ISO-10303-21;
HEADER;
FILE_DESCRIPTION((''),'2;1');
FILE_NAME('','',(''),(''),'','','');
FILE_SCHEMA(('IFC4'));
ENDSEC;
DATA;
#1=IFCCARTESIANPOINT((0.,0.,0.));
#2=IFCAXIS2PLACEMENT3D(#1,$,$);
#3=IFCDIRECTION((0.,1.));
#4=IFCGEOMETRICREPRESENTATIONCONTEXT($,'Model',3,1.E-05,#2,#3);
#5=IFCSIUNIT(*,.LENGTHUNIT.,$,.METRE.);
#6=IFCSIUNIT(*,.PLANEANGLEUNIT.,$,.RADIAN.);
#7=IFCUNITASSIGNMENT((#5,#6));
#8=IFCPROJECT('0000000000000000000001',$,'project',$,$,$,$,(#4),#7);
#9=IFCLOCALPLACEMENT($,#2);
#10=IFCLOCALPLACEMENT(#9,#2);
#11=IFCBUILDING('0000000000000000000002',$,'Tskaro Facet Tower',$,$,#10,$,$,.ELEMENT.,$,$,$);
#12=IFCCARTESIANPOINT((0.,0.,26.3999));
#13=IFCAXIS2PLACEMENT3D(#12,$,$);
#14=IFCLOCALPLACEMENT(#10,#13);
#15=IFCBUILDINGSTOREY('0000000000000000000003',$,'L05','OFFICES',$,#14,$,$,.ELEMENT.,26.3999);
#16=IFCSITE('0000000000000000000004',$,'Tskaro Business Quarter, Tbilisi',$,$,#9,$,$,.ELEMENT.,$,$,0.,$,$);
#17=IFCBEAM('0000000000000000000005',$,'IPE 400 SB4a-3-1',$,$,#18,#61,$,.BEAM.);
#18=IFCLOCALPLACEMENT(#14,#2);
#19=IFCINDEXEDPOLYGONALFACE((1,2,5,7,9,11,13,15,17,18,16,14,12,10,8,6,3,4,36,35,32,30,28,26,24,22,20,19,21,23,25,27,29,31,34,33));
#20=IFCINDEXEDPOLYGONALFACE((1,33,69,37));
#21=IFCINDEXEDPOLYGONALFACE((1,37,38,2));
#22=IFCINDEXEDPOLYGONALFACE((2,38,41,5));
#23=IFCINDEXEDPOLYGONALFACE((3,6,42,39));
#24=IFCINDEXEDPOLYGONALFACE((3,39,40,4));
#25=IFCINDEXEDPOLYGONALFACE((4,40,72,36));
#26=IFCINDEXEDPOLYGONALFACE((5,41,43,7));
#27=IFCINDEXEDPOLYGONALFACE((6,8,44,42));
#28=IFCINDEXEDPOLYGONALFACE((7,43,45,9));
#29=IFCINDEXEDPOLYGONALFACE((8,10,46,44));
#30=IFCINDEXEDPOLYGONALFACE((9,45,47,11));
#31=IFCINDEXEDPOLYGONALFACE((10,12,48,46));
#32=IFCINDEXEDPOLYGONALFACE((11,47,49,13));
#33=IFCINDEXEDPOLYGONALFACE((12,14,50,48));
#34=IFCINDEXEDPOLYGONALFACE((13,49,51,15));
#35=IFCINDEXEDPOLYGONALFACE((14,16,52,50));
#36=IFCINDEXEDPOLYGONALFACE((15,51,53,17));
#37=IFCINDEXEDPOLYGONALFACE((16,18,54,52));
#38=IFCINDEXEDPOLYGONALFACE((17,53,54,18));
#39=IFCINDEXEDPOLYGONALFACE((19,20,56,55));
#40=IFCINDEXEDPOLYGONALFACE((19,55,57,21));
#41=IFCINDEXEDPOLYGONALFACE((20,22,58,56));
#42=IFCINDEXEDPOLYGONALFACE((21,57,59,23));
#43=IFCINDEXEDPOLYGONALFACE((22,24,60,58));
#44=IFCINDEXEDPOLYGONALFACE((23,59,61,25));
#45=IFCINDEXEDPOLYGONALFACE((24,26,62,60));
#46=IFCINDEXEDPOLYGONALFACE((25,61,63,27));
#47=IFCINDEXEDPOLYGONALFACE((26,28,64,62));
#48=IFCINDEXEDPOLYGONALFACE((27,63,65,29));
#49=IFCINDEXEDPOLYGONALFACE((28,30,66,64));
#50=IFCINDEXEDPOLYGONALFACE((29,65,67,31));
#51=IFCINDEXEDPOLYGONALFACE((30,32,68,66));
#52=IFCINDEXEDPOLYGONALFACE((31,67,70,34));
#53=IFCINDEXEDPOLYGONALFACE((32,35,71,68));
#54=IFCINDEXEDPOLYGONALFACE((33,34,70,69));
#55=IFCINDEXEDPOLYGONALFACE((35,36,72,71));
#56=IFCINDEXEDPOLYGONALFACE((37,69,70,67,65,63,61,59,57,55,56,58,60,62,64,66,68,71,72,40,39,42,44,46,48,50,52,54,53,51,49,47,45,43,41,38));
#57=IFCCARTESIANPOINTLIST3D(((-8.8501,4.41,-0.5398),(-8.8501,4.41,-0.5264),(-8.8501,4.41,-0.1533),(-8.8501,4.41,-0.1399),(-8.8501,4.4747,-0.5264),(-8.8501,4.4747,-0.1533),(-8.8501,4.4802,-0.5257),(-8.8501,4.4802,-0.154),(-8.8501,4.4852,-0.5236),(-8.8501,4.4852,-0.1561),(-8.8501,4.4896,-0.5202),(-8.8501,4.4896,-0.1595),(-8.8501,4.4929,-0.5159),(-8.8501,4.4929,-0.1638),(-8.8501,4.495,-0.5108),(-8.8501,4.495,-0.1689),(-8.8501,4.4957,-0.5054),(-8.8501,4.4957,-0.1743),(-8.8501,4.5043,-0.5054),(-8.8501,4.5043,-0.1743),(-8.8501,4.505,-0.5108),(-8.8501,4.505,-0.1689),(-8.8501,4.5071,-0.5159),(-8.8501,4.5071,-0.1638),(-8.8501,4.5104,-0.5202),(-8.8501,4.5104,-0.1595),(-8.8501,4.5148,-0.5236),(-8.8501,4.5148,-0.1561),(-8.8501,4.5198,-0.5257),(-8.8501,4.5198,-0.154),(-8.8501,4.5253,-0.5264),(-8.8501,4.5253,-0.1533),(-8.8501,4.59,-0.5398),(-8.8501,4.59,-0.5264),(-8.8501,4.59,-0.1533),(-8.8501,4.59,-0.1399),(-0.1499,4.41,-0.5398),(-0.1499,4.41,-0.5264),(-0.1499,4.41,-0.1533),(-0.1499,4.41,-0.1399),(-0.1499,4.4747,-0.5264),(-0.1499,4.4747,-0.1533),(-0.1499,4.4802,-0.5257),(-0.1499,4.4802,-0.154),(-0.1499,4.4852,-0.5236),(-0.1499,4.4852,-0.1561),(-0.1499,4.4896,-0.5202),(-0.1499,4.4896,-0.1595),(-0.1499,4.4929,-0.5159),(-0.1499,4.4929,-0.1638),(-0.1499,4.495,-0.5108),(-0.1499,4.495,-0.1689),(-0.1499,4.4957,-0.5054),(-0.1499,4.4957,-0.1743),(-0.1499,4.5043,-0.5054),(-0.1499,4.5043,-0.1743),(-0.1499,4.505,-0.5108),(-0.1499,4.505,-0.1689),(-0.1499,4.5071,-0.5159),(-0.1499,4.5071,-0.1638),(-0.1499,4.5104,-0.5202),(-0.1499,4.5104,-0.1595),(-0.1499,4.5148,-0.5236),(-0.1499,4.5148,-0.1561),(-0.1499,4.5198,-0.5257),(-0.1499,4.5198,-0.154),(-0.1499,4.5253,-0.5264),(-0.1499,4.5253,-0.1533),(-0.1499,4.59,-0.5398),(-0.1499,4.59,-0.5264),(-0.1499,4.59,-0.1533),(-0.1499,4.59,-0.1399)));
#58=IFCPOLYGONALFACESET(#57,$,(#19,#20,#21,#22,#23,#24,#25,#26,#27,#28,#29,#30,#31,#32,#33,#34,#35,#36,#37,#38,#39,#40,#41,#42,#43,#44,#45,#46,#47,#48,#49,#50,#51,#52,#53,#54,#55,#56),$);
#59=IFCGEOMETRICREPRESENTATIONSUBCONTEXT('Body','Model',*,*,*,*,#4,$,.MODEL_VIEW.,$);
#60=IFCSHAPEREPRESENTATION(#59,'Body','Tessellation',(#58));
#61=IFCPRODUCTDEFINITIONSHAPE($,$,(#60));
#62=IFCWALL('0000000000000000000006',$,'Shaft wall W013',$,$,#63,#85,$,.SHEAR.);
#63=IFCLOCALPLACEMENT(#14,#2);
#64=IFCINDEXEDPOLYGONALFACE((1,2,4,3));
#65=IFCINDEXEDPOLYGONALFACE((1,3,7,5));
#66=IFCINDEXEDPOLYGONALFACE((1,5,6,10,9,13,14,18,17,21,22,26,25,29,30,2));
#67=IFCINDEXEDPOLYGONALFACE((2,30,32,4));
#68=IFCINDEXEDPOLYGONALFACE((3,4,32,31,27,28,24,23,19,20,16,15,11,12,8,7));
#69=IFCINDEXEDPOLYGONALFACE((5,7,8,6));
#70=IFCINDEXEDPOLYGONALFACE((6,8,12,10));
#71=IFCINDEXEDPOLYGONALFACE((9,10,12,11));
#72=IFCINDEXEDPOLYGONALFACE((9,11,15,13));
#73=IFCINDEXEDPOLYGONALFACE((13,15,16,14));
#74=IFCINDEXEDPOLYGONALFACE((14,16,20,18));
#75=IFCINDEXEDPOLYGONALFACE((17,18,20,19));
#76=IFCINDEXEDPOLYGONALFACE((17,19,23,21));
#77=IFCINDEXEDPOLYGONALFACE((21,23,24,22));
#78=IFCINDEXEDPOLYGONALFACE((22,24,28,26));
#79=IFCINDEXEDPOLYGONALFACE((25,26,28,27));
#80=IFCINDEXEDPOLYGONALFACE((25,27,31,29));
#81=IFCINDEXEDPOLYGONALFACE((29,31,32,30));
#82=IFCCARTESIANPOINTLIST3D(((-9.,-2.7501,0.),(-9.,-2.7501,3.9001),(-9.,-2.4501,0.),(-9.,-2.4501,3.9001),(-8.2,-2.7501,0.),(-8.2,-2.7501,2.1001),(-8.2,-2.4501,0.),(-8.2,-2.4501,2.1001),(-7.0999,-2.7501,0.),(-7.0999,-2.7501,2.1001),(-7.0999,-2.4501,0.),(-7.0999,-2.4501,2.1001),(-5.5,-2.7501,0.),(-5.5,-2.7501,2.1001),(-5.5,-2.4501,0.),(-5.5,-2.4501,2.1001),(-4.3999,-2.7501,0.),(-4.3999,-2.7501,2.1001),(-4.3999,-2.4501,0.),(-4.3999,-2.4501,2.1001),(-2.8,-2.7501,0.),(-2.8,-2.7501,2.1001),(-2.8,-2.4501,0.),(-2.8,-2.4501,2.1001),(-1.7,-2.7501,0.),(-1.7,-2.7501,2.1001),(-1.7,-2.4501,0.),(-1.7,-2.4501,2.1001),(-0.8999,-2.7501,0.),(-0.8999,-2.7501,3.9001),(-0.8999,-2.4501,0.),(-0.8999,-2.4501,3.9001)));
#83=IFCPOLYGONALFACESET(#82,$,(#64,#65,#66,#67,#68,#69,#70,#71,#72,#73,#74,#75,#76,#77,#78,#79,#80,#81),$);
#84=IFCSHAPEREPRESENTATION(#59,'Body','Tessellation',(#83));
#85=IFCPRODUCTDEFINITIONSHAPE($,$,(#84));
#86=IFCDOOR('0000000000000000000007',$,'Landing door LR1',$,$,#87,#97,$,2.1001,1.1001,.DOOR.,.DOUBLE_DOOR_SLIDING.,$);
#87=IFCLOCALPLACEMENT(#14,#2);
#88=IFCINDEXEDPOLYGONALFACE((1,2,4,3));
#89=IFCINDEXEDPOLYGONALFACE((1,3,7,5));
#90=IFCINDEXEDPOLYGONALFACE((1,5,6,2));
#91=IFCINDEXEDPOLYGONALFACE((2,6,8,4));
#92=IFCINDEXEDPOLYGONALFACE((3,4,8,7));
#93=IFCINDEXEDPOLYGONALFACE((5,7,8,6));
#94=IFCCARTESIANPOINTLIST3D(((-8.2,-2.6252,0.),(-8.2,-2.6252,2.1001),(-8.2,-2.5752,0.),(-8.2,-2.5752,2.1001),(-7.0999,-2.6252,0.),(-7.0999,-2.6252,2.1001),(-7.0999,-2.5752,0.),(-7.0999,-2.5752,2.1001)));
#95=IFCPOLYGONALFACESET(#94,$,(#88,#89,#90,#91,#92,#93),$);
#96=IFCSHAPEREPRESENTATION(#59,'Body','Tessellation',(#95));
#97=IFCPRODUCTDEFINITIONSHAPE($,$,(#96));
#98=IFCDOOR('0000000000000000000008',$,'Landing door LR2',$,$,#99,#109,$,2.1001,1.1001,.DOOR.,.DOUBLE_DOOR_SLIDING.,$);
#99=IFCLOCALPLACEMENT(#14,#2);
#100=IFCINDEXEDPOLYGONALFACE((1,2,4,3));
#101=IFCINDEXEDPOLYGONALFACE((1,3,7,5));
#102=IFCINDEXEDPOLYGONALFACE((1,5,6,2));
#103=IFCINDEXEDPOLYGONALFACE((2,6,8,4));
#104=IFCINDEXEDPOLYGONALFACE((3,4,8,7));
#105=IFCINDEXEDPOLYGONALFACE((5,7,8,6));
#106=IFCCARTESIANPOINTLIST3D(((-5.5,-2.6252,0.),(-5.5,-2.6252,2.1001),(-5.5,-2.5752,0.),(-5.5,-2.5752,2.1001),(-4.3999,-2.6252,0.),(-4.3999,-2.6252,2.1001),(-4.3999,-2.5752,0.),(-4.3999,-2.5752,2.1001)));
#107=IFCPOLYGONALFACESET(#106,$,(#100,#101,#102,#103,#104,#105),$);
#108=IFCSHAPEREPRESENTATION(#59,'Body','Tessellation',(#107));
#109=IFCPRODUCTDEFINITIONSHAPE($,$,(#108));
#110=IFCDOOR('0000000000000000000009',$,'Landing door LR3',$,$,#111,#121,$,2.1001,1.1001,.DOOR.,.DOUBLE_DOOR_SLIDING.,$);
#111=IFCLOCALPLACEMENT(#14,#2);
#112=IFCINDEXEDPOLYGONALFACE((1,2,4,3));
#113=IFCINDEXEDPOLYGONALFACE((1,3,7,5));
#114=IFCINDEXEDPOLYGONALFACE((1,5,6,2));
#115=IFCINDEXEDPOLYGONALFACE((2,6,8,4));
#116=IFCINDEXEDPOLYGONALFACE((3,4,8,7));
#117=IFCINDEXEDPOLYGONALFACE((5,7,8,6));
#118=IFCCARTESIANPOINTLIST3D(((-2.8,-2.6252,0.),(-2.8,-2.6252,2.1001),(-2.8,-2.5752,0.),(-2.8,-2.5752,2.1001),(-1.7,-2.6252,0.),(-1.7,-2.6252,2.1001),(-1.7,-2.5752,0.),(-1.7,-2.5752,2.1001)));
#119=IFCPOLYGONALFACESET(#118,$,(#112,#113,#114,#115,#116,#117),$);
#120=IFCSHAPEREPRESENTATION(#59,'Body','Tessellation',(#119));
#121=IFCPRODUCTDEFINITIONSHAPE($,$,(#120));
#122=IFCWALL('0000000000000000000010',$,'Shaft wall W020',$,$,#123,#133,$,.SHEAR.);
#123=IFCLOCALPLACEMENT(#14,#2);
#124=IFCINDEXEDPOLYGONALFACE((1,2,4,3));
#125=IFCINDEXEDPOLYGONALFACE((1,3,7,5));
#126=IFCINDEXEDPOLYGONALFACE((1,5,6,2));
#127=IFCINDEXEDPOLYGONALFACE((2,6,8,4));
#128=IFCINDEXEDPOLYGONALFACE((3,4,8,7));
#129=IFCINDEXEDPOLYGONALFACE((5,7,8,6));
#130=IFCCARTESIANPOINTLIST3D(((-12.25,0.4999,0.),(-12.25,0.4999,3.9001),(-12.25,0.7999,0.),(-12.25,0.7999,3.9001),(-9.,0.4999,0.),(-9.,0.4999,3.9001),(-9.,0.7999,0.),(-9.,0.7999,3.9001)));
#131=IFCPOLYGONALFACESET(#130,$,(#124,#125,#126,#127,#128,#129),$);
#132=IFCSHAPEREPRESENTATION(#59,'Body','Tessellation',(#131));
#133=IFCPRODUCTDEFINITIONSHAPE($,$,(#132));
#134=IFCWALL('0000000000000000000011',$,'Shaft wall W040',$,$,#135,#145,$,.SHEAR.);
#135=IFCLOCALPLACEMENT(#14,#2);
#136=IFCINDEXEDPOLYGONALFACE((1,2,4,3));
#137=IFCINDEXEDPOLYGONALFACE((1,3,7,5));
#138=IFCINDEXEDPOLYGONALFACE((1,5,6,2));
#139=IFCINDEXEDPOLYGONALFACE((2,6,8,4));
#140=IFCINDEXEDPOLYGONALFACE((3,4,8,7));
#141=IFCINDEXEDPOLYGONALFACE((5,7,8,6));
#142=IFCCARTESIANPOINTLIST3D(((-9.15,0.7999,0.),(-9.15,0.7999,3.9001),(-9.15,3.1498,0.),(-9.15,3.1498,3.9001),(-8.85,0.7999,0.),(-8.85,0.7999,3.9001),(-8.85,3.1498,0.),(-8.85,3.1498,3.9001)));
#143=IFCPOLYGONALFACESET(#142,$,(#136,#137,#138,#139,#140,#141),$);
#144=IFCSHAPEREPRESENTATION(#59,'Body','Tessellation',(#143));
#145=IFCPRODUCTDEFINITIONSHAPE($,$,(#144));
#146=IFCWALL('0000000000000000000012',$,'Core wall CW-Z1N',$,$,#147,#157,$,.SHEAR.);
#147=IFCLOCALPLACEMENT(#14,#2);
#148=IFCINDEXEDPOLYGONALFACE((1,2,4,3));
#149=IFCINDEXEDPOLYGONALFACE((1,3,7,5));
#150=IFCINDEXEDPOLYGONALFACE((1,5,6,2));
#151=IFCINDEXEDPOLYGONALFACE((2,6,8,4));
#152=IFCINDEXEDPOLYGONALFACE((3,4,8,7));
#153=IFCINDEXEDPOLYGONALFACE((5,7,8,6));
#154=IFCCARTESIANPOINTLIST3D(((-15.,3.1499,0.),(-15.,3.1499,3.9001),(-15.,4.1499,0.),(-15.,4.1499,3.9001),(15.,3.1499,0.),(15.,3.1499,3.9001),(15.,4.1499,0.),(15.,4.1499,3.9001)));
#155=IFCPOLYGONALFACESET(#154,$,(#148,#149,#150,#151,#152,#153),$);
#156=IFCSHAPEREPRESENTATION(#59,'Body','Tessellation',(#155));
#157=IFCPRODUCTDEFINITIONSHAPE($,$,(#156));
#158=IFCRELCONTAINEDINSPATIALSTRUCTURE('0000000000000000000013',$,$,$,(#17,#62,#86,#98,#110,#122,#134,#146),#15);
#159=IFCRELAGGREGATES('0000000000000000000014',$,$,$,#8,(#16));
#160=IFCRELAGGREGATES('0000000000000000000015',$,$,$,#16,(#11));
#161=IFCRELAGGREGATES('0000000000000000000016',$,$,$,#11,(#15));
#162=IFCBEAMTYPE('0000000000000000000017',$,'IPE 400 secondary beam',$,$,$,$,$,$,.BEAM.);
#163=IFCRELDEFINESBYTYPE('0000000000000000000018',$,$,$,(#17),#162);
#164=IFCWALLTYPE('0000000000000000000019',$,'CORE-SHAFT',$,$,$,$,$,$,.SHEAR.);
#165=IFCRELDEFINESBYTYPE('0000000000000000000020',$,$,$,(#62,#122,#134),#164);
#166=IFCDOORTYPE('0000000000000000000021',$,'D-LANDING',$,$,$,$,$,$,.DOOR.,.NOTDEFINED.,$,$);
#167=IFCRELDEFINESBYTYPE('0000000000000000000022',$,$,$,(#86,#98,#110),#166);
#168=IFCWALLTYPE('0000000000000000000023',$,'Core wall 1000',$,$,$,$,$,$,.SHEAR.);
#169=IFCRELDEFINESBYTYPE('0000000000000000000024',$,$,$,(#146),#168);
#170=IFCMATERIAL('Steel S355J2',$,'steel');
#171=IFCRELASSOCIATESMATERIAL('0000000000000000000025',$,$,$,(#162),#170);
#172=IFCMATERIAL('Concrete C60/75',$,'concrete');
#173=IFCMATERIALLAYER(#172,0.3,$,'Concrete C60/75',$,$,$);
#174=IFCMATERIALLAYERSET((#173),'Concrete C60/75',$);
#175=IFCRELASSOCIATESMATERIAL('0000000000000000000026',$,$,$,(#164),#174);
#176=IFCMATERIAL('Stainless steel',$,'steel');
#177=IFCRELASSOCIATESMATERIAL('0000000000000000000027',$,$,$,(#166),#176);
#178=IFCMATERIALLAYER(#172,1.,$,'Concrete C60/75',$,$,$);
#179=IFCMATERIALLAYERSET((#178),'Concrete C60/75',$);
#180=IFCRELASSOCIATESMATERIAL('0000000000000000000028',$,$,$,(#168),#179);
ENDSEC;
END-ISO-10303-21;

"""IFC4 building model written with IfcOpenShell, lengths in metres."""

from ifc_helpers import new_model, si_unit, direction, frame, frame_2d, origin, origin_2d, place, context, subcontext, project, spatial, rectangle, i_section, extrude, material, layer, layer_set, material_profile, profile_set, type_object, element, fill, save


model = new_model("IFC4")

# Units and contexts
model_context = context("Model", 3, precision=1e-05, world=origin(), true_north=direction((0.0, 1.0)))
body_context = subcontext(model_context, "Body", "Model", "MODEL_VIEW")
ifc_project = project(units=[si_unit("LENGTHUNIT", "METRE"), si_unit("PLANEANGLEUNIT", "RADIAN")], contexts=[model_context])

# Site, building, storey
site_placement = place(None, origin())
site = spatial("IfcSite", under=ifc_project, at=site_placement, Name="Tskaro Business Quarter, Tbilisi", CompositionType="ELEMENT", RefElevation=0.0)
building_placement = place(site_placement, origin())
building = spatial("IfcBuilding", under=site, at=building_placement, Name="Tskaro Facet Tower", CompositionType="ELEMENT")
storey_placement = place(building_placement, frame((0.0, 0.0, 26.3999)))
storey = spatial("IfcBuildingStorey", under=building, at=storey_placement, Name="L05", Description="OFFICES", CompositionType="ELEMENT", Elevation=26.3999)

# Beam
ifc_material_1 = material(Name="Steel S355J2", Category="steel")
ifc_material_profile_1 = material_profile(ifc_material_1, i_section(OverallWidth=0.1799, OverallDepth=0.3999, WebThickness=0.0085, FlangeThickness=0.0134, FilletRadius=0.021, at=origin_2d()), Name="IPE 400")
ifc_profile_set_1 = profile_set([ifc_material_profile_1], Name="Steel S355J2")
beam_type_1 = type_object("IfcBeamType", Name="IPE 400 secondary beam", PredefinedType="BEAM", material=ifc_profile_set_1)
beam_1_placement = place(storey_placement, frame((-8.8501, 4.5, -0.3398), z_axis=(1.0, 0.0, 0.0), x_axis=(0.0, 1.0, 0.0)))
element("IfcBeam", 1, at=beam_1_placement, inside=storey, type_object=beam_type_1, Name="IPE 400 SB4a-3-1", PredefinedType="BEAM", context=body_context, shape_type="SweptSolid", body=[
    extrude(i_section(OverallWidth=0.1799, OverallDepth=0.3999, WebThickness=0.0085, FlangeThickness=0.0134, FilletRadius=0.021, at=origin_2d()), origin(), (0.0, 0.0, 1.0), 8.7002),
])

# Wall, openings, doors
ifc_material_2 = material(Name="Concrete C60/75", Category="concrete")
ifc_layer_1 = layer(ifc_material_2, 0.3, Name="Concrete C60/75")
ifc_layer_set_1 = layer_set([ifc_layer_1], Name="Concrete C60/75")
wall_type_1 = type_object("IfcWallType", Name="CORE-SHAFT", PredefinedType="SHEAR", material=ifc_layer_set_1)
wall_1_placement = place(storey_placement, frame((-9.0, -2.6001, 0.0), z_axis=(0.0, 0.0, 1.0), x_axis=(1.0, 0.0, 0.0)))
wall_1 = element("IfcWall", 2, at=wall_1_placement, inside=storey, type_object=wall_type_1, Name="Shaft wall W013", PredefinedType="SHEAR", context=body_context, shape_type="SweptSolid", body=[
    extrude(rectangle(XDim=8.1001, YDim=0.3, at=frame_2d((4.05, 0.0))), origin(), (0.0, 0.0, 1.0), 3.9001),
])
opening_1_placement = place(wall_1_placement, frame((0.8, 0.0, 0.0)))
opening_1 = element("IfcOpeningElement", 3, at=opening_1_placement, cuts=wall_1, PredefinedType="OPENING", context=body_context, shape_type="SweptSolid", body=[
    extrude(rectangle(XDim=1.1001, YDim=2.1001, at=frame_2d((0.55, 1.05))), frame((0.0, 0.1599, 0.0), z_axis=(0.0, -1.0, 0.0), x_axis=(1.0, 0.0, 0.0)), (0.0, 0.0, 1.0), 0.3201),
])
opening_2_placement = place(wall_1_placement, frame((3.5, 0.0, 0.0)))
opening_2 = element("IfcOpeningElement", 4, at=opening_2_placement, cuts=wall_1, PredefinedType="OPENING", context=body_context, shape_type="SweptSolid", body=[
    extrude(rectangle(XDim=1.1001, YDim=2.1001, at=frame_2d((0.55, 1.05))), frame((0.0, 0.1599, 0.0), z_axis=(0.0, -1.0, 0.0), x_axis=(1.0, 0.0, 0.0)), (0.0, 0.0, 1.0), 0.3201),
])
opening_3_placement = place(wall_1_placement, frame((6.2, 0.0, 0.0)))
opening_3 = element("IfcOpeningElement", 5, at=opening_3_placement, cuts=wall_1, PredefinedType="OPENING", context=body_context, shape_type="SweptSolid", body=[
    extrude(rectangle(XDim=1.1001, YDim=2.1001, at=frame_2d((0.55, 1.05))), frame((0.0, 0.1599, 0.0), z_axis=(0.0, -1.0, 0.0), x_axis=(1.0, 0.0, 0.0)), (0.0, 0.0, 1.0), 0.3201),
])
ifc_material_3 = material(Name="Stainless steel", Category="steel")
door_type_1 = type_object("IfcDoorType", Name="D-LANDING", OperationType="NOTDEFINED", PredefinedType="DOOR", material=ifc_material_3)
door_1_placement = place(opening_1_placement, origin())
door_1 = element("IfcDoor", 6, at=door_1_placement, inside=storey, type_object=door_type_1, Name="Landing door LR1", OperationType="DOUBLE_DOOR_SLIDING", OverallHeight=2.1001, OverallWidth=1.1001, PredefinedType="DOOR", context=body_context, shape_type="SweptSolid", body=[
    extrude(rectangle(XDim=1.1001, YDim=2.1001, at=frame_2d((0.55, 1.05))), frame((0.0, 0.0249, 0.0), z_axis=(0.0, -1.0, 0.0), x_axis=(1.0, 0.0, 0.0)), (0.0, 0.0, 1.0), 0.05),
])
fill(opening_1, door_1)
door_2_placement = place(opening_2_placement, origin())
door_2 = element("IfcDoor", 7, at=door_2_placement, inside=storey, type_object=door_type_1, Name="Landing door LR2", OperationType="DOUBLE_DOOR_SLIDING", OverallHeight=2.1001, OverallWidth=1.1001, PredefinedType="DOOR", context=body_context, shape_type="SweptSolid", body=[
    extrude(rectangle(XDim=1.1001, YDim=2.1001, at=frame_2d((0.55, 1.05))), frame((0.0, 0.0249, 0.0), z_axis=(0.0, -1.0, 0.0), x_axis=(1.0, 0.0, 0.0)), (0.0, 0.0, 1.0), 0.05),
])
fill(opening_2, door_2)
door_3_placement = place(opening_3_placement, origin())
door_3 = element("IfcDoor", 8, at=door_3_placement, inside=storey, type_object=door_type_1, Name="Landing door LR3", OperationType="DOUBLE_DOOR_SLIDING", OverallHeight=2.1001, OverallWidth=1.1001, PredefinedType="DOOR", context=body_context, shape_type="SweptSolid", body=[
    extrude(rectangle(XDim=1.1001, YDim=2.1001, at=frame_2d((0.55, 1.05))), frame((0.0, 0.0249, 0.0), z_axis=(0.0, -1.0, 0.0), x_axis=(1.0, 0.0, 0.0)), (0.0, 0.0, 1.0), 0.05),
])
fill(opening_3, door_3)

# Walls
wall_2_placement = place(storey_placement, frame((-9.0, 0.6499, 0.0), z_axis=(0.0, 0.0, 1.0), x_axis=(-1.0, 0.0, 0.0)))
element("IfcWall", 9, at=wall_2_placement, inside=storey, type_object=wall_type_1, Name="Shaft wall W020", PredefinedType="SHEAR", context=body_context, shape_type="SweptSolid", body=[
    extrude(rectangle(XDim=3.25, YDim=0.3, at=frame_2d((1.625, 0.0))), origin(), (0.0, 0.0, 1.0), 3.9001),
])
wall_3_placement = place(storey_placement, frame((-9.0, 0.8, 0.0), z_axis=(0.0, 0.0, 1.0), x_axis=(0.0, 1.0, 0.0)))
element("IfcWall", 10, at=wall_3_placement, inside=storey, type_object=wall_type_1, Name="Shaft wall W040", PredefinedType="SHEAR", context=body_context, shape_type="SweptSolid", body=[
    extrude(rectangle(XDim=2.3499, YDim=0.3, at=frame_2d((1.1748, 0.0))), origin(), (0.0, 0.0, 1.0), 3.9001),
])
ifc_layer_2 = layer(ifc_material_2, 1.0, Name="Concrete C60/75")
ifc_layer_set_2 = layer_set([ifc_layer_2], Name="Concrete C60/75")
wall_type_2 = type_object("IfcWallType", Name="Core wall 1000", PredefinedType="SHEAR", material=ifc_layer_set_2)
wall_4_placement = place(storey_placement, frame((-15.0, 3.6499, 0.0), z_axis=(0.0, 0.0, 1.0), x_axis=(1.0, 0.0, 0.0)))
element("IfcWall", 11, at=wall_4_placement, inside=storey, type_object=wall_type_2, Name="Core wall CW-Z1N", PredefinedType="SHEAR", context=body_context, shape_type="SweptSolid", body=[
    extrude(rectangle(XDim=30.0, YDim=1.0, at=frame_2d((15.0, 0.0))), origin(), (0.0, 0.0, 1.0), 3.9001),
])

save(model, "model.ifc")
